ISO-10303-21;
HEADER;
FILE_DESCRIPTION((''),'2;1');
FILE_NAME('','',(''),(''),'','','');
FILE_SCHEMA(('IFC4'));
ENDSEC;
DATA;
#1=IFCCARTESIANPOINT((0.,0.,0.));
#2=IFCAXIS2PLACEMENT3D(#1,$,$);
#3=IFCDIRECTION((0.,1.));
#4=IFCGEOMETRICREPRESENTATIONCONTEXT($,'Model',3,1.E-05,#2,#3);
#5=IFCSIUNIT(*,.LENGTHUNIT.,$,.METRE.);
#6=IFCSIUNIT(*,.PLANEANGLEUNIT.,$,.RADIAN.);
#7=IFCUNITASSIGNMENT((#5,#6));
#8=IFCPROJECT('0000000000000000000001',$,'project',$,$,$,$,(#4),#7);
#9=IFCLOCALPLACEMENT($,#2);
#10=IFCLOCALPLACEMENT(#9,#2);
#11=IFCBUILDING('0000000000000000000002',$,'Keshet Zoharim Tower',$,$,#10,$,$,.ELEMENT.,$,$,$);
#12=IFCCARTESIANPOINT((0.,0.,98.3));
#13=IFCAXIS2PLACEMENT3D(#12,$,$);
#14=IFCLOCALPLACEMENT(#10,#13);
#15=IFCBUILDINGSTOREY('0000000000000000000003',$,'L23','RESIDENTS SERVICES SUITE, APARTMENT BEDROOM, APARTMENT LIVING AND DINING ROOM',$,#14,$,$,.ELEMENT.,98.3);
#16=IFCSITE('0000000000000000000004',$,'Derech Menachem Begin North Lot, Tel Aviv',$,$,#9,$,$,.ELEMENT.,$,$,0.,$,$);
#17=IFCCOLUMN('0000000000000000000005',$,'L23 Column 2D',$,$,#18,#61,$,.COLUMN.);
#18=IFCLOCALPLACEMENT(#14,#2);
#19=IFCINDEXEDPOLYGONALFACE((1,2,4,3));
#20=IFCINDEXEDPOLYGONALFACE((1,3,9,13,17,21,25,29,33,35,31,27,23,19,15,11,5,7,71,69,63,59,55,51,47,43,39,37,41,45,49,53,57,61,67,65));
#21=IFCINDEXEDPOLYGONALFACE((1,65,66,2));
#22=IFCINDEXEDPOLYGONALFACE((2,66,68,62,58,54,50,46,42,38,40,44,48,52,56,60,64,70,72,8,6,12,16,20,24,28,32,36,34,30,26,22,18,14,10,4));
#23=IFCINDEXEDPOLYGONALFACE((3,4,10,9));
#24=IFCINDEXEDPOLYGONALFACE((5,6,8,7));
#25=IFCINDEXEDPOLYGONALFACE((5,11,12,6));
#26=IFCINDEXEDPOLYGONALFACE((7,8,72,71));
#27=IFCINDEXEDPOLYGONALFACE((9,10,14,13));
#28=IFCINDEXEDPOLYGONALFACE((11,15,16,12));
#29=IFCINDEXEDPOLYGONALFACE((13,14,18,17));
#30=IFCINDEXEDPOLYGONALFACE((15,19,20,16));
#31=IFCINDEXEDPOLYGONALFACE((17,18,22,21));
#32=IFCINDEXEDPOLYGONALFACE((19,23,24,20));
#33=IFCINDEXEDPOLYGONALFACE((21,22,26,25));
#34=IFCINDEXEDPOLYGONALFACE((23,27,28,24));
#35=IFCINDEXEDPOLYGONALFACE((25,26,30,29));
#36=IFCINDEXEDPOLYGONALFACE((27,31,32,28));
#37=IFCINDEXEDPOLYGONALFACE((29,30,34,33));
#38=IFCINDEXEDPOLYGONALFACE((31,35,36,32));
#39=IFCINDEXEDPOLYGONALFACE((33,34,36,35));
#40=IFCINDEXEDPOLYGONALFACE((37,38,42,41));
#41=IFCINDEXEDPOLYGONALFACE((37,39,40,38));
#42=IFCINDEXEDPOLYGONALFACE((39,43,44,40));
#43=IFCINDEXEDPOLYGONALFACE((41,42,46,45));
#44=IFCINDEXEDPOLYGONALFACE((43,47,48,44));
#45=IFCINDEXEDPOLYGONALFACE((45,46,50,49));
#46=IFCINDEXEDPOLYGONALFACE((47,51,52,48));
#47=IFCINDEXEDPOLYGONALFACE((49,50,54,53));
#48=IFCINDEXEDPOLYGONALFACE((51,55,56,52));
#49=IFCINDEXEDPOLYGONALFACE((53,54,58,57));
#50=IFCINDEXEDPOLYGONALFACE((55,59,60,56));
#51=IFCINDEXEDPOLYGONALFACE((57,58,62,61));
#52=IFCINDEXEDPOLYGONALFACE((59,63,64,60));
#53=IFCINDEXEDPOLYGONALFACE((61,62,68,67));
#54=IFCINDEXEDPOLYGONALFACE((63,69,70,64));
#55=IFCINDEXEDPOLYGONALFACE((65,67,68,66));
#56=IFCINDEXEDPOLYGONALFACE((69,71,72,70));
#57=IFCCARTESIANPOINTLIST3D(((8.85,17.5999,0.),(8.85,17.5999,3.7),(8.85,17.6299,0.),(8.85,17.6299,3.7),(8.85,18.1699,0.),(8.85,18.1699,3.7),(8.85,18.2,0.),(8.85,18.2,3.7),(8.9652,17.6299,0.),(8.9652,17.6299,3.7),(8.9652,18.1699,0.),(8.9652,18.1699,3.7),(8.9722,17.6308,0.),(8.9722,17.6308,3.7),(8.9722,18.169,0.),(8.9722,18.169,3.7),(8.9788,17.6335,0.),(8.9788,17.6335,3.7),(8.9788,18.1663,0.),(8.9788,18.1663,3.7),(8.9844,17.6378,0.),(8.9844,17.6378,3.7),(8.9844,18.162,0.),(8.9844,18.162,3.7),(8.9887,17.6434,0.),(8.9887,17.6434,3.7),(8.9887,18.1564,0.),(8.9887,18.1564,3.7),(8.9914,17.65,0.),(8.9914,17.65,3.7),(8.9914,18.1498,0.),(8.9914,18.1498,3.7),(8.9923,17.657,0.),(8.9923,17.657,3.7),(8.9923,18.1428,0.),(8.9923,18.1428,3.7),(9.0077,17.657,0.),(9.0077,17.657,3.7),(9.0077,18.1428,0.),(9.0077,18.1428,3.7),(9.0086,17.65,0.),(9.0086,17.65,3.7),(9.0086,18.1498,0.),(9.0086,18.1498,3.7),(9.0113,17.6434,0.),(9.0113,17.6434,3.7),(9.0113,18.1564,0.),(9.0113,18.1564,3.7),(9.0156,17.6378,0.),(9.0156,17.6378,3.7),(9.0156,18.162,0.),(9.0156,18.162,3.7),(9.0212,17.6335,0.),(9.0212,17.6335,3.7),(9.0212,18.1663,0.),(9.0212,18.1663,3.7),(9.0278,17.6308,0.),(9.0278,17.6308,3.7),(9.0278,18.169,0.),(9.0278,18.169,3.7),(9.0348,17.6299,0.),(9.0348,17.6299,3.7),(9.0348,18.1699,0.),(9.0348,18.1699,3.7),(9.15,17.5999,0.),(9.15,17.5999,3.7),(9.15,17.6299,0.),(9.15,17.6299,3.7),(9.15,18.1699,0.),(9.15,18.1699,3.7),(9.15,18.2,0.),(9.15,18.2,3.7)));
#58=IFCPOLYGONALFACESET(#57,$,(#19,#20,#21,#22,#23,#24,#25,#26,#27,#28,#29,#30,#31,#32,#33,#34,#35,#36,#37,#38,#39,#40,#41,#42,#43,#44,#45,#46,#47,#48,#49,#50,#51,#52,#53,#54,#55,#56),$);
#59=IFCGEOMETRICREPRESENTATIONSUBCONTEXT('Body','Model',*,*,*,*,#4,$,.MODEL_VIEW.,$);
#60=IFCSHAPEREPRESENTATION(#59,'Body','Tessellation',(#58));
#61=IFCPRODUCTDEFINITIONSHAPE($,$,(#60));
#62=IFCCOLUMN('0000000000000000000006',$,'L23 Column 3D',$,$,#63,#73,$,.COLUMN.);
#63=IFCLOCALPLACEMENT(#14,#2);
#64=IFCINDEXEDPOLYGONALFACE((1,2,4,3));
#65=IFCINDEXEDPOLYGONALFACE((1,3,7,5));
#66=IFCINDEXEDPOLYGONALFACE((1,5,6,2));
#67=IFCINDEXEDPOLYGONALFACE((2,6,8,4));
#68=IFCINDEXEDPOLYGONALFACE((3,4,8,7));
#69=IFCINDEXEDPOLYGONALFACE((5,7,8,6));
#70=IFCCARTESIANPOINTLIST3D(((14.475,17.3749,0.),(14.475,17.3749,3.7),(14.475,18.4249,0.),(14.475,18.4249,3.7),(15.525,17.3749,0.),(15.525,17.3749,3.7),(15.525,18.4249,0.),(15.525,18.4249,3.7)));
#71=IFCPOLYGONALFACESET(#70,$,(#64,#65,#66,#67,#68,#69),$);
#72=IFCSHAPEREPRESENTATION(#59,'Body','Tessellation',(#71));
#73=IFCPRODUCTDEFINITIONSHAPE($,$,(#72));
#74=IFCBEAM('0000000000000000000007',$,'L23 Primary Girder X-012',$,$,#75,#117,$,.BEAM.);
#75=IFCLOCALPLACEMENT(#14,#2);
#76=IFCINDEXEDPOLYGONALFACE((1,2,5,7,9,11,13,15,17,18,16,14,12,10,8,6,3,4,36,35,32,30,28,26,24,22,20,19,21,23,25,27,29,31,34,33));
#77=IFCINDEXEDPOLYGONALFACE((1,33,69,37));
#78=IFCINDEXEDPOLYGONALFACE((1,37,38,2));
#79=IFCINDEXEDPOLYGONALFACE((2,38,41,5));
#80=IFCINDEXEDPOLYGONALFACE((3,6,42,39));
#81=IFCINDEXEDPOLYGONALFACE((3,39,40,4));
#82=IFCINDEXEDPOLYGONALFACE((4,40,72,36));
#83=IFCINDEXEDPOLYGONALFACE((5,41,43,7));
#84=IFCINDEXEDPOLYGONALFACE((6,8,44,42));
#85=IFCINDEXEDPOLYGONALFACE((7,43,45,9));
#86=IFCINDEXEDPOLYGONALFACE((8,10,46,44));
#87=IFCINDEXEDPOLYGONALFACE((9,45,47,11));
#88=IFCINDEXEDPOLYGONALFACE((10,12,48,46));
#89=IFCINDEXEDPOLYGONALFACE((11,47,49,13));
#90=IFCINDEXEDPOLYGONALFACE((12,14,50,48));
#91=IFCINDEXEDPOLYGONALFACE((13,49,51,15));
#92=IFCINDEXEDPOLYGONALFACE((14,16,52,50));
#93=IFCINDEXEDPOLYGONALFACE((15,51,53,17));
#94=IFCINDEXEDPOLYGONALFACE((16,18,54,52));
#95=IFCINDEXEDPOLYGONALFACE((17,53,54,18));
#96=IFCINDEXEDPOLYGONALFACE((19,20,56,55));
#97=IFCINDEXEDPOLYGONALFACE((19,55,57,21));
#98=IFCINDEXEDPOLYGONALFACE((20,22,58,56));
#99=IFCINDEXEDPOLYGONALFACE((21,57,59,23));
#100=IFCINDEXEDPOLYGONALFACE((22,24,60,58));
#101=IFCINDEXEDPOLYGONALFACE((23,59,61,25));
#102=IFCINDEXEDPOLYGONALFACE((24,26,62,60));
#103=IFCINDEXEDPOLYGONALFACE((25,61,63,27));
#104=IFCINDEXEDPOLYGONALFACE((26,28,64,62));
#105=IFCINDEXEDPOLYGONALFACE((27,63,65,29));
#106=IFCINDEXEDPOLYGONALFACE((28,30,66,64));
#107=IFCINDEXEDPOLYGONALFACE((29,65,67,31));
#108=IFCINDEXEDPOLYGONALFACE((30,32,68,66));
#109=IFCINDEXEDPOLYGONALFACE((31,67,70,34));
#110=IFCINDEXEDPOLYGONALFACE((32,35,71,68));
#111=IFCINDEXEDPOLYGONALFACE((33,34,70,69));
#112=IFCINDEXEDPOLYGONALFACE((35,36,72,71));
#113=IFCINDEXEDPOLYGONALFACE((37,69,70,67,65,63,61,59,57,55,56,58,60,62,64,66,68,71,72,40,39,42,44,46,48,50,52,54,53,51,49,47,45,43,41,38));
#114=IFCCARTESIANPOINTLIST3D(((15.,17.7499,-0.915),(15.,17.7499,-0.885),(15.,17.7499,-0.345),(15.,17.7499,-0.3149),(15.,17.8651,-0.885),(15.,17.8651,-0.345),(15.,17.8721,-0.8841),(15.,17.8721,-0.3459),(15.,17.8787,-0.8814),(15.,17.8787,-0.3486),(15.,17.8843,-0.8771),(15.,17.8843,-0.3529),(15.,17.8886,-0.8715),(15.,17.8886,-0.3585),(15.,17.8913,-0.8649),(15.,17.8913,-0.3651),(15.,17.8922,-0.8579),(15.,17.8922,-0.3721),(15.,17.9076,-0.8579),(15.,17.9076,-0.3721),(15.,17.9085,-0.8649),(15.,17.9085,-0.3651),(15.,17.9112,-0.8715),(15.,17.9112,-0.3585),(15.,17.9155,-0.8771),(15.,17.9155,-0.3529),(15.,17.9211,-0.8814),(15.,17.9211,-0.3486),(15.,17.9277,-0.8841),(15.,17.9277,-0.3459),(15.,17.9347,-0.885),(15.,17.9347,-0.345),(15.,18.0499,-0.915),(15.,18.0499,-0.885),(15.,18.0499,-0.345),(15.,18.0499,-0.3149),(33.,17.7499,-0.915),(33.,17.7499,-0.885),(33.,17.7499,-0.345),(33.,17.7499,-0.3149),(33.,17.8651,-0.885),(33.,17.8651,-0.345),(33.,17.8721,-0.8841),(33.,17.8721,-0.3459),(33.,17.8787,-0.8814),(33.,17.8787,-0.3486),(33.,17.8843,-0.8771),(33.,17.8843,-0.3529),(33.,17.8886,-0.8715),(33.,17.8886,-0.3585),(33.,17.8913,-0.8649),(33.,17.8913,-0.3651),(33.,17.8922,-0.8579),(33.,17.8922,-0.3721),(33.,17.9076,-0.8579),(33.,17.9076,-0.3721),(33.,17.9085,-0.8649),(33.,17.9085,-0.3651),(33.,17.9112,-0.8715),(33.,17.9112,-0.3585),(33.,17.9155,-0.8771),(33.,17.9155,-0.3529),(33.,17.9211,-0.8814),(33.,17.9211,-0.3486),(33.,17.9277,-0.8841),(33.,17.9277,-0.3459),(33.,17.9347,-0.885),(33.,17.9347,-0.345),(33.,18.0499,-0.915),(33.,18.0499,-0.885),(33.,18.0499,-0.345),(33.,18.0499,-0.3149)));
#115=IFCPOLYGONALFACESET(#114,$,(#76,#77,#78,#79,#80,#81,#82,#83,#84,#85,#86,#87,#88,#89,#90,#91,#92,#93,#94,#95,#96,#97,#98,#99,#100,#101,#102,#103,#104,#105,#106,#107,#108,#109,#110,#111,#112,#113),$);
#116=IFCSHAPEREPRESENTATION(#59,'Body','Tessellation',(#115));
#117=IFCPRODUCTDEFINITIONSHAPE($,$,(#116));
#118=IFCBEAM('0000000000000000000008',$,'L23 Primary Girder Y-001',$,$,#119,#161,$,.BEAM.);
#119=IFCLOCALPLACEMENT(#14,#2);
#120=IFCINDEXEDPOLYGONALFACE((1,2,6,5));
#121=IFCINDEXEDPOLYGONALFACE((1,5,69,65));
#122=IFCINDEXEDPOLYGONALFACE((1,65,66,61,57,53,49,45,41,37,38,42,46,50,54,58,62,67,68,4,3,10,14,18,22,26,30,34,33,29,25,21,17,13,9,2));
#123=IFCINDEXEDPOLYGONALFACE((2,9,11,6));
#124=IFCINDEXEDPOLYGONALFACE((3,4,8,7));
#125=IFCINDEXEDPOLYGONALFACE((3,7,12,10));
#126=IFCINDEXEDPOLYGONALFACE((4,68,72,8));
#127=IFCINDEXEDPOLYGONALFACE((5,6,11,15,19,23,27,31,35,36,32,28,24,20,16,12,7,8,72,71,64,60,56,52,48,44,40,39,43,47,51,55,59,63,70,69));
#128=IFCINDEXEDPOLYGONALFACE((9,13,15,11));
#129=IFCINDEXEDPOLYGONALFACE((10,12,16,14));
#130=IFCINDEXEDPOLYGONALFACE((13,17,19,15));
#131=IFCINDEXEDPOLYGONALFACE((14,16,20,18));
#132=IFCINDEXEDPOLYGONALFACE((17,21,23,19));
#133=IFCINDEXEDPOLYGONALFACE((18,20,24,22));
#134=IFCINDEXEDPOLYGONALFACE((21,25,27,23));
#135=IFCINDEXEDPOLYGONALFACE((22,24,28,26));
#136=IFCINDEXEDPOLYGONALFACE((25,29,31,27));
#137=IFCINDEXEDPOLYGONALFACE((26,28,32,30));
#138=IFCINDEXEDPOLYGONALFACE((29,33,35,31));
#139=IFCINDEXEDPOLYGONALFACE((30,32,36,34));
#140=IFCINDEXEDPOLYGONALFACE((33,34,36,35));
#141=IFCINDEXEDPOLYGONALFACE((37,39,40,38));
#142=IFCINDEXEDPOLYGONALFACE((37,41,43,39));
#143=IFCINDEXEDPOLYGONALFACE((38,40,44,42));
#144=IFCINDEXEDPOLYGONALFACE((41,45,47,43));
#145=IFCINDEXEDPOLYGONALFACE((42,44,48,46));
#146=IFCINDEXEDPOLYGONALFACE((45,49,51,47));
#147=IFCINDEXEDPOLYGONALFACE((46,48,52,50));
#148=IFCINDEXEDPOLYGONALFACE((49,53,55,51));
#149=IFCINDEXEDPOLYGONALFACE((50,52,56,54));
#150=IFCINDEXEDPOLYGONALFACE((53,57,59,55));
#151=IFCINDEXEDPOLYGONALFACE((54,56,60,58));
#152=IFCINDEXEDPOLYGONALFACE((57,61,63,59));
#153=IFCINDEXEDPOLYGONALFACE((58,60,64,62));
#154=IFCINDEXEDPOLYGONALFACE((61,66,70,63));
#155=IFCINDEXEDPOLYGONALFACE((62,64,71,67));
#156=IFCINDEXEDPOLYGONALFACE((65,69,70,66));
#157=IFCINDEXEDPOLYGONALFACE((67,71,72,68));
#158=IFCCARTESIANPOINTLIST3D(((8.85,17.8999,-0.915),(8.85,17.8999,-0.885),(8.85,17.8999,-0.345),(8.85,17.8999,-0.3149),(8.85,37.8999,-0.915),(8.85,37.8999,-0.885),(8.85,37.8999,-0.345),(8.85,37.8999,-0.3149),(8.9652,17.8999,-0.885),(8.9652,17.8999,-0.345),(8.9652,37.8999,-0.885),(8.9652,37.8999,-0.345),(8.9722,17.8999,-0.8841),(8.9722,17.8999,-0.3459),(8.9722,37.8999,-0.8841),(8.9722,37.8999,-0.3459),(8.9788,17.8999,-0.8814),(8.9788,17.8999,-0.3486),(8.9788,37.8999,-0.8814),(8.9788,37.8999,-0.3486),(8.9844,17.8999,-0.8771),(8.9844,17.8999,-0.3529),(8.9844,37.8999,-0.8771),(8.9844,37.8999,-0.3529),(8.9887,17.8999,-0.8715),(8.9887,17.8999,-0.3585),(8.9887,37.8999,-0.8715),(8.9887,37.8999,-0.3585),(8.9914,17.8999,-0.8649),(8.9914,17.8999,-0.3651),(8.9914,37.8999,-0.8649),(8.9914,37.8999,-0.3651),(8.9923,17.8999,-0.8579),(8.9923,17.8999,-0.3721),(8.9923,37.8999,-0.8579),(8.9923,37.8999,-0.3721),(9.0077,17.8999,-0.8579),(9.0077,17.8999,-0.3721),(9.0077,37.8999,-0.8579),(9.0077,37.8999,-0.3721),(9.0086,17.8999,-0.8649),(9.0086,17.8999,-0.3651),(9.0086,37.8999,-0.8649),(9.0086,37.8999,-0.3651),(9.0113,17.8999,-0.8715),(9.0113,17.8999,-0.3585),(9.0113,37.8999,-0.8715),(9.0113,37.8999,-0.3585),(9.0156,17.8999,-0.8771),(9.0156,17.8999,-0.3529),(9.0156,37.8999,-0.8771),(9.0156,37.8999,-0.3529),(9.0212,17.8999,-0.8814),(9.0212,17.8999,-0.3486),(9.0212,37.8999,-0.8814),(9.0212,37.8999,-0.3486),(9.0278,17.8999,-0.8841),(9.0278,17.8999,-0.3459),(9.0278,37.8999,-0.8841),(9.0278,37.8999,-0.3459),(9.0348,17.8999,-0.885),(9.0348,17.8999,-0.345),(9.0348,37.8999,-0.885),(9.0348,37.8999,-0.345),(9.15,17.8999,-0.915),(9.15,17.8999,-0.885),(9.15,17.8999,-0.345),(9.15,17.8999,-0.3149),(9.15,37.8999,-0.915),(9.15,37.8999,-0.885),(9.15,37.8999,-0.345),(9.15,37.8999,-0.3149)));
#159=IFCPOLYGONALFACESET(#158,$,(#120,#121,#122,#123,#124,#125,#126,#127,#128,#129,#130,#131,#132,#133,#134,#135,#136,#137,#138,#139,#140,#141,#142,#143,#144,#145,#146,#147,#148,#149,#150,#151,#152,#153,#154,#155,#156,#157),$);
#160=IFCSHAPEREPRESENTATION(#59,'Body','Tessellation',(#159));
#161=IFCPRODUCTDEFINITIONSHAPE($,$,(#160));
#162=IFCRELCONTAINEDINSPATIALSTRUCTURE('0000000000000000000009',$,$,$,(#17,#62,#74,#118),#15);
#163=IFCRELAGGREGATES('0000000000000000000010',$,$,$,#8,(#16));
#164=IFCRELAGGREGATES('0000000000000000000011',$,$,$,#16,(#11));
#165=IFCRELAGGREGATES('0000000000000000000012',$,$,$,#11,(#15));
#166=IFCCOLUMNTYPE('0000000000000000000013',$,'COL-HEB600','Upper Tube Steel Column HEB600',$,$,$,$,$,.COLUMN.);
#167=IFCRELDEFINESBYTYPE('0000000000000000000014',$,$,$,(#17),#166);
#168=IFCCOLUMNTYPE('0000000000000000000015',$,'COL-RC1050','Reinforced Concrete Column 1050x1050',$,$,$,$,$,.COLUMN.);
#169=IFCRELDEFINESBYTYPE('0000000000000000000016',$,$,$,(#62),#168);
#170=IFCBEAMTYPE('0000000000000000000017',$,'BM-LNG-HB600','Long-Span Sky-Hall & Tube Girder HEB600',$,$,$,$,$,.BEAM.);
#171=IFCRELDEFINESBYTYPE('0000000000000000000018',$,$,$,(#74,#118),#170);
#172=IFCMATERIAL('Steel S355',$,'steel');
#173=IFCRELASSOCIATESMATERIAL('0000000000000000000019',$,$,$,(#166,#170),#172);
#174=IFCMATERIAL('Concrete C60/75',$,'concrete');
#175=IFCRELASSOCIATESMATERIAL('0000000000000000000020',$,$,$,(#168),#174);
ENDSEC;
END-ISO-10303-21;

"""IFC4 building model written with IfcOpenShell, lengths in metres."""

from ifc_helpers import new_model, si_unit, direction, frame, origin, origin_2d, place, context, subcontext, project, spatial, rectangle, i_section, extrude, material, material_profile, profile_set, type_object, element, save


model = new_model("IFC4")

# Units and contexts
model_context = context("Model", 3, precision=1e-05, world=origin(), true_north=direction((0.0, 1.0)))
body_context = subcontext(model_context, "Body", "Model", "MODEL_VIEW")
ifc_project = project(units=[si_unit("LENGTHUNIT", "METRE"), si_unit("PLANEANGLEUNIT", "RADIAN")], contexts=[model_context])

# Site, building, storey
site_placement = place(None, origin())
site = spatial("IfcSite", under=ifc_project, at=site_placement, Name="Derech Menachem Begin North Lot, Tel Aviv", CompositionType="ELEMENT", RefElevation=0.0)
building_placement = place(site_placement, origin())
building = spatial("IfcBuilding", under=site, at=building_placement, Name="Keshet Zoharim Tower", CompositionType="ELEMENT")
storey_placement = place(building_placement, frame((0.0, 0.0, 98.3)))
storey = spatial("IfcBuildingStorey", under=building, at=storey_placement, Name="L23", Description="RESIDENTS SERVICES SUITE, APARTMENT BEDROOM, APARTMENT LIVING AND DINING ROOM", CompositionType="ELEMENT", Elevation=98.3)

# Columns
ifc_material_1 = material(Name="Steel S355", Category="steel")
ifc_material_profile_1 = material_profile(ifc_material_1, i_section(OverallWidth=0.3, OverallDepth=0.6001, WebThickness=0.0154, FlangeThickness=0.03, FilletRadius=0.0271, at=origin_2d()), Name="HEB600")
ifc_profile_set_1 = profile_set([ifc_material_profile_1], Name="Steel S355")
column_type_1 = type_object("IfcColumnType", Name="COL-HEB600", Description="Upper Tube Steel Column HEB600", PredefinedType="COLUMN", material=ifc_profile_set_1)
column_1_placement = place(storey_placement, frame((9.0, 17.8999, 0.0), z_axis=(0.0, 0.0, 1.0), x_axis=(1.0, 0.0, 0.0)))
element("IfcColumn", 1, at=column_1_placement, inside=storey, type_object=column_type_1, Name="L23 Column 2D", PredefinedType="COLUMN", context=body_context, shape_type="SweptSolid", body=[
    extrude(i_section(OverallWidth=0.3, OverallDepth=0.6001, WebThickness=0.0154, FlangeThickness=0.03, FilletRadius=0.0271, at=origin_2d()), origin(), (0.0, 0.0, 1.0), 3.7),
])
ifc_material_2 = material(Name="Concrete C60/75", Category="concrete")
ifc_material_profile_2 = material_profile(ifc_material_2, rectangle(XDim=1.05, YDim=1.05, at=origin_2d()), Name="RC1050x1050")
ifc_profile_set_2 = profile_set([ifc_material_profile_2], Name="Concrete C60/75")
column_type_2 = type_object("IfcColumnType", Name="COL-RC1050", Description="Reinforced Concrete Column 1050x1050", PredefinedType="COLUMN", material=ifc_profile_set_2)
column_2_placement = place(storey_placement, frame((15.0, 17.8999, 0.0), z_axis=(0.0, 0.0, 1.0), x_axis=(1.0, 0.0, 0.0)))
element("IfcColumn", 2, at=column_2_placement, inside=storey, type_object=column_type_2, Name="L23 Column 3D", PredefinedType="COLUMN", context=body_context, shape_type="SweptSolid", body=[
    extrude(rectangle(XDim=1.05, YDim=1.05, at=origin_2d()), origin(), (0.0, 0.0, 1.0), 3.7),
])

# Beams
ifc_material_profile_3 = material_profile(ifc_material_1, i_section(OverallWidth=0.3, OverallDepth=0.6001, WebThickness=0.0154, FlangeThickness=0.03, FilletRadius=0.0271, at=origin_2d()), Name="HEB600")
ifc_profile_set_3 = profile_set([ifc_material_profile_3], Name="Steel S355")
beam_type_1 = type_object("IfcBeamType", Name="BM-LNG-HB600", Description="Long-Span Sky-Hall & Tube Girder HEB600", PredefinedType="BEAM", material=ifc_profile_set_3)
beam_1_placement = place(storey_placement, frame((15.0, 17.8999, -0.615), z_axis=(1.0, 0.0, 0.0), x_axis=(0.0, 1.0, 0.0)))
element("IfcBeam", 3, at=beam_1_placement, inside=storey, type_object=beam_type_1, Name="L23 Primary Girder X-012", PredefinedType="BEAM", context=body_context, shape_type="SweptSolid", body=[
    extrude(i_section(OverallWidth=0.3, OverallDepth=0.6001, WebThickness=0.0154, FlangeThickness=0.03, FilletRadius=0.0271, at=origin_2d()), origin(), (0.0, 0.0, 1.0), 18.0),
])
beam_2_placement = place(storey_placement, frame((9.0, 17.8999, -0.615), z_axis=(0.0, 1.0, 0.0), x_axis=(-1.0, 0.0, 0.0)))
element("IfcBeam", 4, at=beam_2_placement, inside=storey, type_object=beam_type_1, Name="L23 Primary Girder Y-001", PredefinedType="BEAM", context=body_context, shape_type="SweptSolid", body=[
    extrude(i_section(OverallWidth=0.3, OverallDepth=0.6001, WebThickness=0.0154, FlangeThickness=0.03, FilletRadius=0.0271, at=origin_2d()), origin(), (0.0, 0.0, 1.0), 20.0),
])

save(model, "model.ifc")
